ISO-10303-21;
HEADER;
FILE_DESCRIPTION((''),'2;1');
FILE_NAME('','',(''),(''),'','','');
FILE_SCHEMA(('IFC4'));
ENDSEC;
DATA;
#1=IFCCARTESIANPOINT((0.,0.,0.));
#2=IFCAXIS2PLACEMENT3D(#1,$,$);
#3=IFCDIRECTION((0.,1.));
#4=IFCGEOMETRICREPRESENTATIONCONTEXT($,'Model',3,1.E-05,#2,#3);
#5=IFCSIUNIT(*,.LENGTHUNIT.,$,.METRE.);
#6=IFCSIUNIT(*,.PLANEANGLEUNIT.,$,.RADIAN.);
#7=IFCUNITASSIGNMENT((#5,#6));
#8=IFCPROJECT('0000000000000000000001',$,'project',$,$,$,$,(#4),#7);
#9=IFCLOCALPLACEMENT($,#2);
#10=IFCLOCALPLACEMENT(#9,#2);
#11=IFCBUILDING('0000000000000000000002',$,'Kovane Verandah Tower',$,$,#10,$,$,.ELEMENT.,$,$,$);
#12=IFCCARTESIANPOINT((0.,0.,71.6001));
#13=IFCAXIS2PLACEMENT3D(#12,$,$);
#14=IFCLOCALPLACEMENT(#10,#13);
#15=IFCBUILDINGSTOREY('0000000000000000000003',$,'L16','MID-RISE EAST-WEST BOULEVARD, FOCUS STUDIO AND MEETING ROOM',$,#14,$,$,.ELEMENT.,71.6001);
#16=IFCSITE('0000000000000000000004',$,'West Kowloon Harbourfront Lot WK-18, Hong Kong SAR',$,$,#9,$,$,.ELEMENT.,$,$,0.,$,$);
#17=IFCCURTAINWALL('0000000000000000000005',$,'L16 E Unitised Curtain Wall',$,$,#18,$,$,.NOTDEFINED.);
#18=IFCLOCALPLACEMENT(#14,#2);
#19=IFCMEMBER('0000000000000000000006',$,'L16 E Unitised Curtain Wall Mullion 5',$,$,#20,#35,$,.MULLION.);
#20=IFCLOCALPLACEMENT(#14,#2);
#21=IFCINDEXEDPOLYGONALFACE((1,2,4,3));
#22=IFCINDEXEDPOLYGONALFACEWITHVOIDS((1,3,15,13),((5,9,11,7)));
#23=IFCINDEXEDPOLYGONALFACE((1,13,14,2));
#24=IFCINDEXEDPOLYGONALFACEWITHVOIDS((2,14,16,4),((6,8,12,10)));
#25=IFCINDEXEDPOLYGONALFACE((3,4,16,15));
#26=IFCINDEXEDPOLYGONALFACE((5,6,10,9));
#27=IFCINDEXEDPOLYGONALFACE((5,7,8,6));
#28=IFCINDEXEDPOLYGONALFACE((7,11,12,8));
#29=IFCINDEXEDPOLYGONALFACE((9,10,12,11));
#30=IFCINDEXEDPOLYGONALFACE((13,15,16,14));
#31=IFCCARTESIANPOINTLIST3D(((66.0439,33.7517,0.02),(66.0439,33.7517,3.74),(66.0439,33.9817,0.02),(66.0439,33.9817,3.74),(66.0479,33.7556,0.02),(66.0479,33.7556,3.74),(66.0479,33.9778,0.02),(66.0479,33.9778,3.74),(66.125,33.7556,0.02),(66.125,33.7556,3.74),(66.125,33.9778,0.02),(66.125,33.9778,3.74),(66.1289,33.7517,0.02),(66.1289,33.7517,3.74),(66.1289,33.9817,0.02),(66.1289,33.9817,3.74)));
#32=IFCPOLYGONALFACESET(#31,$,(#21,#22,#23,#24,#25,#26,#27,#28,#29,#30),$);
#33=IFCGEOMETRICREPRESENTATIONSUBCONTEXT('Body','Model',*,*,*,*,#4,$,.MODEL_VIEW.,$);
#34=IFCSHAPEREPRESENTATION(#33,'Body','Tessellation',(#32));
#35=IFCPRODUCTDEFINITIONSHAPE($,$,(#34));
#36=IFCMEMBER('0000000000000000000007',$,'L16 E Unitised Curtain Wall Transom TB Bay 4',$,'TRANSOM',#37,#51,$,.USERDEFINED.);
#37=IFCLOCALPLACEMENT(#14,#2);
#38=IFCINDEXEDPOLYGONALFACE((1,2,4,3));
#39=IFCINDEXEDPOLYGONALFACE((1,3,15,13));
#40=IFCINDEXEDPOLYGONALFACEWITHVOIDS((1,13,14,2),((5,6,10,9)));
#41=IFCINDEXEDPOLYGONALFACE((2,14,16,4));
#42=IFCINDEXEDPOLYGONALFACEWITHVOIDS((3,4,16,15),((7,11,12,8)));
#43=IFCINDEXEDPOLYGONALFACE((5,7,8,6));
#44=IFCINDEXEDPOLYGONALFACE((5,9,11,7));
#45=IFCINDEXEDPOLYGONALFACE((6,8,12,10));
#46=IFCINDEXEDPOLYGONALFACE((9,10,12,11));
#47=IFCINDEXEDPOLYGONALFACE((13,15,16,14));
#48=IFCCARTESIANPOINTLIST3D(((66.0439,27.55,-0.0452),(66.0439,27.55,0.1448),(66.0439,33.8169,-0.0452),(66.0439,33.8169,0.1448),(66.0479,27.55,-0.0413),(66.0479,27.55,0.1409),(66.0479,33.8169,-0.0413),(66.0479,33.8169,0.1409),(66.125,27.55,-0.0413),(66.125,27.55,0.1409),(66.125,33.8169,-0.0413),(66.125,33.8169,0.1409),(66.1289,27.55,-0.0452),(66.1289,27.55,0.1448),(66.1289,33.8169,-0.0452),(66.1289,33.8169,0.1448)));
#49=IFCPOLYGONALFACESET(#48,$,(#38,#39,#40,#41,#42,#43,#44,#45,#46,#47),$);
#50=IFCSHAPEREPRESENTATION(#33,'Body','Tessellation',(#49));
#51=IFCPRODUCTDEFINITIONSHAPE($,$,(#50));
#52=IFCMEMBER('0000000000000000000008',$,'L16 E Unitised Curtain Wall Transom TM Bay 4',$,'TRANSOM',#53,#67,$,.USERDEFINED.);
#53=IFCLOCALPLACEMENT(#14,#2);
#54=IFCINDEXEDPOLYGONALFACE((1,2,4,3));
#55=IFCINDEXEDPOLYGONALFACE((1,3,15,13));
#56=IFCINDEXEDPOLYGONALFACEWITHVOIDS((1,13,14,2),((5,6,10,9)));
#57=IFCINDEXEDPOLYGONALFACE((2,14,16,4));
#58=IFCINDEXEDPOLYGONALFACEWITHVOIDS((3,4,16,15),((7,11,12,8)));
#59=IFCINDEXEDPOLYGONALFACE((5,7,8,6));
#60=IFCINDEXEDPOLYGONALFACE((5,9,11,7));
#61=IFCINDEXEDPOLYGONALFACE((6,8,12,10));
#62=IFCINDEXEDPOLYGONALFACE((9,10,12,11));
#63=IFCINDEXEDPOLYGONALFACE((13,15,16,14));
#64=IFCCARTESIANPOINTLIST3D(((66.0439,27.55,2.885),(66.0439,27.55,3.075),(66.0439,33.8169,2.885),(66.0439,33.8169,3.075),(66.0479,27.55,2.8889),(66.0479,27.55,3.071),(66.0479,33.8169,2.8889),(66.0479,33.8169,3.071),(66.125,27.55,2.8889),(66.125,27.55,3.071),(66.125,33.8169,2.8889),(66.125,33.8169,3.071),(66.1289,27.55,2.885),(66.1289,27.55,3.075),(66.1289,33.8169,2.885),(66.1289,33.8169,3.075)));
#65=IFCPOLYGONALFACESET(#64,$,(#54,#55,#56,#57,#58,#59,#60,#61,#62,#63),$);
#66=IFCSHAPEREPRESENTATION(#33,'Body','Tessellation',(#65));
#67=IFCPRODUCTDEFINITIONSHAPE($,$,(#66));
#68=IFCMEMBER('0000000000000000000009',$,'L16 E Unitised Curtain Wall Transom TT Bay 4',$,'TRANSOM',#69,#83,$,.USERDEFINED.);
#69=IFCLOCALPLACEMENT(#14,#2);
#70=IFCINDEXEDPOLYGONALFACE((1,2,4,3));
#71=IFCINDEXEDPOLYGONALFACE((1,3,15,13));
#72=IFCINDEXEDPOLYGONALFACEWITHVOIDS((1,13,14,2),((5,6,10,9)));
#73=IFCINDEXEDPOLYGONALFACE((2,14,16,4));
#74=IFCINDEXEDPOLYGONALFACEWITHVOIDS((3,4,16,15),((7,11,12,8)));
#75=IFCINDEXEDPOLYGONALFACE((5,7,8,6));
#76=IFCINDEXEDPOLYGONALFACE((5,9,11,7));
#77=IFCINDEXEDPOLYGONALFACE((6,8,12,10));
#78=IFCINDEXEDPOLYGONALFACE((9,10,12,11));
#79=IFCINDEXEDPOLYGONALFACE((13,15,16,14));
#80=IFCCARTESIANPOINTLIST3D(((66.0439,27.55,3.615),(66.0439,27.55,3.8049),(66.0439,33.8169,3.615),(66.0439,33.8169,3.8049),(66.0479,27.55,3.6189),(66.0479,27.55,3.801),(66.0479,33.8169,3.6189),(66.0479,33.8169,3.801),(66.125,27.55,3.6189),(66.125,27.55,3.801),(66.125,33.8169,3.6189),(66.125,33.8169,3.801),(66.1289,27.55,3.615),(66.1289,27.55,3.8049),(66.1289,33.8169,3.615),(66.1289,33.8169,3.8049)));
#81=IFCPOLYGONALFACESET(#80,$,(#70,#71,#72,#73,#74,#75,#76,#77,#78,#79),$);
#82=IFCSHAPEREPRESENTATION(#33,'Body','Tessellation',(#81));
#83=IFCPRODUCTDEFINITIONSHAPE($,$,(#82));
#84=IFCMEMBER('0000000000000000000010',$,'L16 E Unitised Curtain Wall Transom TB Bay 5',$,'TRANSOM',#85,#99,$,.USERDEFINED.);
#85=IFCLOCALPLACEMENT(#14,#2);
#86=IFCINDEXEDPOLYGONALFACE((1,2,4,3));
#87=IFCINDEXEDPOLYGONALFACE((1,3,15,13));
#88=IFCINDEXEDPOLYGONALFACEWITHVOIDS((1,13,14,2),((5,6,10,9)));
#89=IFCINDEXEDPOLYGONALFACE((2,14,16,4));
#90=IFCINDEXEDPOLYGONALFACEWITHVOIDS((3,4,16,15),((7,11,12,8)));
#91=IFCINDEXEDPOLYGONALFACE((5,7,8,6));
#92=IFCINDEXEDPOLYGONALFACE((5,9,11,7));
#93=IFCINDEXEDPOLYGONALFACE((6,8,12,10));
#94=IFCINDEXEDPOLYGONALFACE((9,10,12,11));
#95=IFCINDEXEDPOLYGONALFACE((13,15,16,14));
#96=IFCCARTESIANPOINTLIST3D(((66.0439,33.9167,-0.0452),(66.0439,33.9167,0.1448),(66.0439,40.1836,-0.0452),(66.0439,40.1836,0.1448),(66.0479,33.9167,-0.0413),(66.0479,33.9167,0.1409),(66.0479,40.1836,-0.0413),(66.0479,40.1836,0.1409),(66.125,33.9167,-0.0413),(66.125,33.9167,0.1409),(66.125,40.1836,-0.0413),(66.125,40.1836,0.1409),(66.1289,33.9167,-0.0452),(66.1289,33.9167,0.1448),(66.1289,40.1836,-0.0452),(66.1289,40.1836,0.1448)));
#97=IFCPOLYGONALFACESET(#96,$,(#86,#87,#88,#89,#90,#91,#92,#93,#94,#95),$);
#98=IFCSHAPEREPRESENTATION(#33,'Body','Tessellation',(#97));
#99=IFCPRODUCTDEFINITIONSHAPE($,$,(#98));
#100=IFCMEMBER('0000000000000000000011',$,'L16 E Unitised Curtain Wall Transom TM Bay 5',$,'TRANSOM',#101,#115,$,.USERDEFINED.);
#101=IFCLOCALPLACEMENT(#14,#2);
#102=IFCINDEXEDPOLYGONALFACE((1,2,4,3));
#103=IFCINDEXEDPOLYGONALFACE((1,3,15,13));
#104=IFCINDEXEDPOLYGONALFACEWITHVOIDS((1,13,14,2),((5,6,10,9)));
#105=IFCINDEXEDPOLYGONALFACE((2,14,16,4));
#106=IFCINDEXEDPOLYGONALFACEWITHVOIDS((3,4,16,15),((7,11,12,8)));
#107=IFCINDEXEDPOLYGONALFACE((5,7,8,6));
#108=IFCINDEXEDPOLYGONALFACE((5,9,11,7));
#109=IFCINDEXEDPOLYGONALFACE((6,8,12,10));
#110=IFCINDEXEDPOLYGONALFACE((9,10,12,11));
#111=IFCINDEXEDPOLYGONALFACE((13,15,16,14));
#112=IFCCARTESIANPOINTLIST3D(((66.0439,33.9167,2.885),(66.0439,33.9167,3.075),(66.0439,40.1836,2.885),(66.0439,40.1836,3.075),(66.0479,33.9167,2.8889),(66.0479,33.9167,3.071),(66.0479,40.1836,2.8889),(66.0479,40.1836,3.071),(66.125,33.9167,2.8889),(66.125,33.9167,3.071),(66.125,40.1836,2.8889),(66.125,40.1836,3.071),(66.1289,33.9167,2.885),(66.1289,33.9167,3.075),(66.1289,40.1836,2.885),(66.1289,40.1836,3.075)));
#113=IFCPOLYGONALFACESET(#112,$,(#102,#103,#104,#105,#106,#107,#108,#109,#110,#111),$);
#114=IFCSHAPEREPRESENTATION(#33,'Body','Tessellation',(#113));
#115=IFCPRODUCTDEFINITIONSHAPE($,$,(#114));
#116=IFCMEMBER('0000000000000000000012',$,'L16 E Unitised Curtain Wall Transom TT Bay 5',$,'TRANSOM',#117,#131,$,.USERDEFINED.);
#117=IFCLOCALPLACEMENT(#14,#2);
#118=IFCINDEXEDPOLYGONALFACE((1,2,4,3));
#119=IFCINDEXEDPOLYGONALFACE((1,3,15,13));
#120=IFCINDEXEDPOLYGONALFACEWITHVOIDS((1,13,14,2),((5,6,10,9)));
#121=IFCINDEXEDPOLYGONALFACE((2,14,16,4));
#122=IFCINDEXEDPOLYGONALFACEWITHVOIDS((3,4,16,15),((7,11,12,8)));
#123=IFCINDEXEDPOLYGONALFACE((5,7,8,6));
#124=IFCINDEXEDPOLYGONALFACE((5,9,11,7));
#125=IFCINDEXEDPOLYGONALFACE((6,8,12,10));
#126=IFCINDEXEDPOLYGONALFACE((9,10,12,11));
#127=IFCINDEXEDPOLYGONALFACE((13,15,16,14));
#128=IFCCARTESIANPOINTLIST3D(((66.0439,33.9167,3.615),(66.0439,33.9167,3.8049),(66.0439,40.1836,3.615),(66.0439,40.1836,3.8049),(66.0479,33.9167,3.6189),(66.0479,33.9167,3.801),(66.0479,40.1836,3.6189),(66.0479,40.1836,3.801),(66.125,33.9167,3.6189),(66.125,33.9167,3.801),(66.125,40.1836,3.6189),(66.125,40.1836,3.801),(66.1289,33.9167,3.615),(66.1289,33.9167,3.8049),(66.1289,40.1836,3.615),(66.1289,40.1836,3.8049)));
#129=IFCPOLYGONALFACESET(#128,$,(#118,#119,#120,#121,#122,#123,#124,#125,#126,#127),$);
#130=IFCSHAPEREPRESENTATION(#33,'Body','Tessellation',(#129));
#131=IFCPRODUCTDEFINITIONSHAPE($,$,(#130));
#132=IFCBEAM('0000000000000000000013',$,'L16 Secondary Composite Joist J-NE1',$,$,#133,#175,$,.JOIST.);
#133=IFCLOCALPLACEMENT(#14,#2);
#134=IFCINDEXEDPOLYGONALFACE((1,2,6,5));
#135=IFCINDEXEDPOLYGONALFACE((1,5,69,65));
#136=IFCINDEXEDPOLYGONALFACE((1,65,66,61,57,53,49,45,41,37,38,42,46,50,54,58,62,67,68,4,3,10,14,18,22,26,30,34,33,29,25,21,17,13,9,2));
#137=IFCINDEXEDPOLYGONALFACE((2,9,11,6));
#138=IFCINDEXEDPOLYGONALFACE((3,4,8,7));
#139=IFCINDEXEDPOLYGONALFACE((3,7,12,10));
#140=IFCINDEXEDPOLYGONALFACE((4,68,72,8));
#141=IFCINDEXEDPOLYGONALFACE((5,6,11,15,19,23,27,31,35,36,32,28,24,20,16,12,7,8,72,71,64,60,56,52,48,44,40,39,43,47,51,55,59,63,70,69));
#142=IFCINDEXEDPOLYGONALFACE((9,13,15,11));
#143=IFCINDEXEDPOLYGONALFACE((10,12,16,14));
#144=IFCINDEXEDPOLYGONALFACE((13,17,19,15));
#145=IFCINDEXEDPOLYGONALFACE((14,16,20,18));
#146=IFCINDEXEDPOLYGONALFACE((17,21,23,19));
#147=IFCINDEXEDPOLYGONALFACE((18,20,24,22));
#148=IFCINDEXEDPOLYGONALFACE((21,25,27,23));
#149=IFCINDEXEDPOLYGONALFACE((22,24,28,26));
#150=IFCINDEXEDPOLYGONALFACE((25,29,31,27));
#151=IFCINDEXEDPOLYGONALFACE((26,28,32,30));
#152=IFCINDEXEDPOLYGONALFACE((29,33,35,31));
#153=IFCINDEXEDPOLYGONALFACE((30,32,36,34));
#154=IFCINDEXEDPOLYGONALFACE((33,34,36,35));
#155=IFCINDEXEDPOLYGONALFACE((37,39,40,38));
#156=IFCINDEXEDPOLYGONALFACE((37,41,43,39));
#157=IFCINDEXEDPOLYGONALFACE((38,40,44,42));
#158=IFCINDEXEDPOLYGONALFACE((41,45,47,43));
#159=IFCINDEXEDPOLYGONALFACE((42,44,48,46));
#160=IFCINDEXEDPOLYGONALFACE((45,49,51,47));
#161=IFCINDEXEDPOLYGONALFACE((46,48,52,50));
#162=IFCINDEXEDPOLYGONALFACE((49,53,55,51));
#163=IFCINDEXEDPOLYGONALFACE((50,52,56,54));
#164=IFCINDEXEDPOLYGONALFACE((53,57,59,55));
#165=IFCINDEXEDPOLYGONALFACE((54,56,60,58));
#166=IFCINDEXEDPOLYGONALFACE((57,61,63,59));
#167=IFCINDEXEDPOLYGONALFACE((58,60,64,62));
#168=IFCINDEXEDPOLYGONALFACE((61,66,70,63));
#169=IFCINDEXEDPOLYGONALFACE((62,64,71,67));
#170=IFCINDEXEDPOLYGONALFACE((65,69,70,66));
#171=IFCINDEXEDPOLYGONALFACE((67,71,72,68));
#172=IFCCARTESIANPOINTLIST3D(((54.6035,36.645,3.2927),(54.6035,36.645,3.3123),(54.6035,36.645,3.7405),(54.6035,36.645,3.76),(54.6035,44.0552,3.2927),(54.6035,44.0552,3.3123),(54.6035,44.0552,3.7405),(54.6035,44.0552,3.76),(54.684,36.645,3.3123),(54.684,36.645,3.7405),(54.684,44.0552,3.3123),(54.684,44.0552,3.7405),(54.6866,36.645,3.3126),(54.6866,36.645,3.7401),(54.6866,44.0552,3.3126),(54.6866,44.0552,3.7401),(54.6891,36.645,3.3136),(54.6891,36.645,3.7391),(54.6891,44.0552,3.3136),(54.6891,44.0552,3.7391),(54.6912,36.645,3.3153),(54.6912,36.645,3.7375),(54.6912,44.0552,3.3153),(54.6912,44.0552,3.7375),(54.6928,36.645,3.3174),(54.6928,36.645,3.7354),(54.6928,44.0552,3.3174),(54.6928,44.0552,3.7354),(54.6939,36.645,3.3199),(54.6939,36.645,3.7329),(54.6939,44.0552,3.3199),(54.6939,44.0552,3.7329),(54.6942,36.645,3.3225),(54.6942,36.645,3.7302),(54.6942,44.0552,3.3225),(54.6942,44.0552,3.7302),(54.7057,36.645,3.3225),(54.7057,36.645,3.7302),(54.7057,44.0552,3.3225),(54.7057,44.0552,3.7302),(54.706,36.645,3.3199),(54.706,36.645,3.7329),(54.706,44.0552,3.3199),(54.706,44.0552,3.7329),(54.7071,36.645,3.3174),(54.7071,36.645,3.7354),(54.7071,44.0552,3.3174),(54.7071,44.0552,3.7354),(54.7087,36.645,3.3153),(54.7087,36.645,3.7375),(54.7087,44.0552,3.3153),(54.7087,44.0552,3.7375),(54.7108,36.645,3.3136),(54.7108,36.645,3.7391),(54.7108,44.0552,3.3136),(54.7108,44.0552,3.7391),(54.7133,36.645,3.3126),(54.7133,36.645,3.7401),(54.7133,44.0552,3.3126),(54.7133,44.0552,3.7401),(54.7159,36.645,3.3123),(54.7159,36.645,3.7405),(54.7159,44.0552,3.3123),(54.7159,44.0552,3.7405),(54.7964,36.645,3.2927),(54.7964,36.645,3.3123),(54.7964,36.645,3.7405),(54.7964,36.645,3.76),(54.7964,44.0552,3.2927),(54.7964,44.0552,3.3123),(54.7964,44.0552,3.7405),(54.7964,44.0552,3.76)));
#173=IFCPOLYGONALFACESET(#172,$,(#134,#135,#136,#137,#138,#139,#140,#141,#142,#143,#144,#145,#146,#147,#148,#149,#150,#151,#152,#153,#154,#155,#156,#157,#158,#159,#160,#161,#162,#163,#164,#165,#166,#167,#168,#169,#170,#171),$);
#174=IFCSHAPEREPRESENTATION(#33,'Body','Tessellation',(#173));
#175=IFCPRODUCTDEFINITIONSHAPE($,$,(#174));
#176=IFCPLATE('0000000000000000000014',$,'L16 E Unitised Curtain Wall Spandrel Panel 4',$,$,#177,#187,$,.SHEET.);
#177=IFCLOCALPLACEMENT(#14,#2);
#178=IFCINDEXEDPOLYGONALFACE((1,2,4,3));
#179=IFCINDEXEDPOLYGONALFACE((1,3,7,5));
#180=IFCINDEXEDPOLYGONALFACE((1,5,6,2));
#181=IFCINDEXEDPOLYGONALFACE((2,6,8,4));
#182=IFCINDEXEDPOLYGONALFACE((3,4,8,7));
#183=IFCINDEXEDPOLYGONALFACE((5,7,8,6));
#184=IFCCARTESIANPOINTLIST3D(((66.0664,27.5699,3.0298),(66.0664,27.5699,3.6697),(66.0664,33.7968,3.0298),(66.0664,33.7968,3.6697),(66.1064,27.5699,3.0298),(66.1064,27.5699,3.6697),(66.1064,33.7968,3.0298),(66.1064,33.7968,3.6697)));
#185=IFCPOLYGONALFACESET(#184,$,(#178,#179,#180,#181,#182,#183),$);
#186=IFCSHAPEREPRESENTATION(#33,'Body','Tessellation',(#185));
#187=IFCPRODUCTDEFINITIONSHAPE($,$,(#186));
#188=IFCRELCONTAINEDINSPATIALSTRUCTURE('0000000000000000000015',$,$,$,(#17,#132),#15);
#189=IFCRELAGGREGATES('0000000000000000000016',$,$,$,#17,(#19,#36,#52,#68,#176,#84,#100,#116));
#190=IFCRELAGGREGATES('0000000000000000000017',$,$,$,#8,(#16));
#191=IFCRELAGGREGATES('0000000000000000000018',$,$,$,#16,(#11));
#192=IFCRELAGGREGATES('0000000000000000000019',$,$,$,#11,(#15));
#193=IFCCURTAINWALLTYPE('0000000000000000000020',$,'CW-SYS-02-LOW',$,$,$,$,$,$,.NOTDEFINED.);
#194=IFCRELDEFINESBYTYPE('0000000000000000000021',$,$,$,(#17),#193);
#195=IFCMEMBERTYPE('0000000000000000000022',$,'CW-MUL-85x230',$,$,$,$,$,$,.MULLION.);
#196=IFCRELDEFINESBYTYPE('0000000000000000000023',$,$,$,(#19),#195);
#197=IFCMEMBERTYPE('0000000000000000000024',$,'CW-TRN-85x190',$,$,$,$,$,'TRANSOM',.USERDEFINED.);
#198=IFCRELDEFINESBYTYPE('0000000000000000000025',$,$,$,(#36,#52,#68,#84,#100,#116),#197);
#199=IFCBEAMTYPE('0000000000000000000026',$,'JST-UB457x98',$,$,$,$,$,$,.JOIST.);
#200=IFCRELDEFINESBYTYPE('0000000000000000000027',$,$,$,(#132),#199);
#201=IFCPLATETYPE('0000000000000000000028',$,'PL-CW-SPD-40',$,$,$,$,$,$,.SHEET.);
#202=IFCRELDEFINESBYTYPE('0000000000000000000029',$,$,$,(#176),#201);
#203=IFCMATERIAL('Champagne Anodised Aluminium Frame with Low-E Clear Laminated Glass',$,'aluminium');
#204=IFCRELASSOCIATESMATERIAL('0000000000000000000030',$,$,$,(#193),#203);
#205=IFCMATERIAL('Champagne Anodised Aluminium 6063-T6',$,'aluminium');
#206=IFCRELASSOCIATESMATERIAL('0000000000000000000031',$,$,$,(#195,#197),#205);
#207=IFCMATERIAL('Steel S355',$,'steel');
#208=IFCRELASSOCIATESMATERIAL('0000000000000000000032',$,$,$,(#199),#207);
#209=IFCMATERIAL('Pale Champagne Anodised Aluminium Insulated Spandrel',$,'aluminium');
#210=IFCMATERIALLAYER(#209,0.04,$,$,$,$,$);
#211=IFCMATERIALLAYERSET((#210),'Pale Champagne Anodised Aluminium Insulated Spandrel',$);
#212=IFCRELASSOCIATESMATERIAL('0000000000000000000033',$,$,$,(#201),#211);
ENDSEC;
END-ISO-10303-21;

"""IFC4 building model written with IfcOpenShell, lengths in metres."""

from ifc_helpers import new_model, si_unit, direction, frame, origin, origin_2d, place, context, subcontext, project, spatial, rectangle, hollow_rectangle, i_section, extrude, material, layer, layer_set, material_profile, profile_set, type_object, element, aggregate, save


model = new_model("IFC4")

# Units and contexts
model_context = context("Model", 3, precision=1e-05, world=origin(), true_north=direction((0.0, 1.0)))
body_context = subcontext(model_context, "Body", "Model", "MODEL_VIEW")
ifc_project = project(units=[si_unit("LENGTHUNIT", "METRE"), si_unit("PLANEANGLEUNIT", "RADIAN")], contexts=[model_context])

# Site, building, storey
site_placement = place(None, origin())
site = spatial("IfcSite", under=ifc_project, at=site_placement, Name="West Kowloon Harbourfront Lot WK-18, Hong Kong SAR", CompositionType="ELEMENT", RefElevation=0.0)
building_placement = place(site_placement, origin())
building = spatial("IfcBuilding", under=site, at=building_placement, Name="Kovane Verandah Tower", CompositionType="ELEMENT")
storey_placement = place(building_placement, frame((0.0, 0.0, 71.6001)))
storey = spatial("IfcBuildingStorey", under=building, at=storey_placement, Name="L16", Description="MID-RISE EAST-WEST BOULEVARD, FOCUS STUDIO AND MEETING ROOM", CompositionType="ELEMENT", Elevation=71.6001)

# Shared definitions
ifc_material_1 = material(Name="Steel S355", Category="steel")

# Curtain wall, members
ifc_material_2 = material(Name="Champagne Anodised Aluminium Frame with Low-E Clear Laminated Glass", Category="aluminium")
curtain_wall_type = type_object("IfcCurtainWallType", Name="CW-SYS-02-LOW", PredefinedType="NOTDEFINED", material=ifc_material_2)
curtain_wall_placement = place(storey_placement, origin())
curtain_wall = element("IfcCurtainWall", 1, at=curtain_wall_placement, inside=storey, type_object=curtain_wall_type, Name="L16 E Unitised Curtain Wall", PredefinedType="NOTDEFINED")
ifc_material_3 = material(Name="Champagne Anodised Aluminium 6063-T6", Category="aluminium")
ifc_material_profile_1 = material_profile(ifc_material_3, hollow_rectangle(XDim=0.085, YDim=0.23, WallThickness=0.0039, at=origin_2d()), Name="AL85x230x4")
ifc_profile_set_1 = profile_set([ifc_material_profile_1], Name="Champagne Anodised Aluminium 6063-T6")
member_type_1 = type_object("IfcMemberType", Name="CW-MUL-85x230", PredefinedType="MULLION", material=ifc_profile_set_1)
member_1_placement = place(storey_placement, frame((66.0864, 33.8667, 0.02), z_axis=(0.0, 0.0, 1.0), x_axis=(1.0, 0.0, 0.0)))
member_1 = element("IfcMember", 2, at=member_1_placement, type_object=member_type_1, Name="L16 E Unitised Curtain Wall Mullion 5", PredefinedType="MULLION", context=body_context, shape_type="SweptSolid", body=[
    extrude(hollow_rectangle(XDim=0.085, YDim=0.23, WallThickness=0.0039, at=origin_2d()), origin(), (0.0, 0.0, 1.0), 3.72),
])
ifc_material_profile_2 = material_profile(ifc_material_3, hollow_rectangle(XDim=0.085, YDim=0.1899, WallThickness=0.0039, at=origin_2d()), Name="AL85x190x4")
ifc_profile_set_2 = profile_set([ifc_material_profile_2], Name="Champagne Anodised Aluminium 6063-T6")
member_type_2 = type_object("IfcMemberType", Name="CW-TRN-85x190", ElementType="TRANSOM", PredefinedType="USERDEFINED", material=ifc_profile_set_2)
member_2_placement = place(storey_placement, frame((66.0864, 27.55, 0.0498), z_axis=(0.0, 1.0, 0.0), x_axis=(-1.0, 0.0, 0.0)))
member_2 = element("IfcMember", 3, at=member_2_placement, type_object=member_type_2, Name="L16 E Unitised Curtain Wall Transom TB Bay 4", ObjectType="TRANSOM", PredefinedType="USERDEFINED", context=body_context, shape_type="SweptSolid", body=[
    extrude(hollow_rectangle(XDim=0.085, YDim=0.1899, WallThickness=0.0039, at=origin_2d()), origin(), (0.0, 0.0, 1.0), 6.2668),
])
member_3_placement = place(storey_placement, frame((66.0864, 27.55, 2.98), z_axis=(0.0, 1.0, 0.0), x_axis=(-1.0, 0.0, 0.0)))
member_3 = element("IfcMember", 4, at=member_3_placement, type_object=member_type_2, Name="L16 E Unitised Curtain Wall Transom TM Bay 4", ObjectType="TRANSOM", PredefinedType="USERDEFINED", context=body_context, shape_type="SweptSolid", body=[
    extrude(hollow_rectangle(XDim=0.085, YDim=0.1899, WallThickness=0.0039, at=origin_2d()), origin(), (0.0, 0.0, 1.0), 6.2668),
])
member_4_placement = place(storey_placement, frame((66.0864, 27.55, 3.71), z_axis=(0.0, 1.0, 0.0), x_axis=(-1.0, 0.0, 0.0)))
member_4 = element("IfcMember", 5, at=member_4_placement, type_object=member_type_2, Name="L16 E Unitised Curtain Wall Transom TT Bay 4", ObjectType="TRANSOM", PredefinedType="USERDEFINED", context=body_context, shape_type="SweptSolid", body=[
    extrude(hollow_rectangle(XDim=0.085, YDim=0.1899, WallThickness=0.0039, at=origin_2d()), origin(), (0.0, 0.0, 1.0), 6.2668),
])
member_5_placement = place(storey_placement, frame((66.0864, 33.9167, 0.0498), z_axis=(0.0, 1.0, 0.0), x_axis=(-1.0, 0.0, 0.0)))
member_5 = element("IfcMember", 6, at=member_5_placement, type_object=member_type_2, Name="L16 E Unitised Curtain Wall Transom TB Bay 5", ObjectType="TRANSOM", PredefinedType="USERDEFINED", context=body_context, shape_type="SweptSolid", body=[
    extrude(hollow_rectangle(XDim=0.085, YDim=0.1899, WallThickness=0.0039, at=origin_2d()), origin(), (0.0, 0.0, 1.0), 6.2668),
])
member_6_placement = place(storey_placement, frame((66.0864, 33.9167, 2.98), z_axis=(0.0, 1.0, 0.0), x_axis=(-1.0, 0.0, 0.0)))
member_6 = element("IfcMember", 7, at=member_6_placement, type_object=member_type_2, Name="L16 E Unitised Curtain Wall Transom TM Bay 5", ObjectType="TRANSOM", PredefinedType="USERDEFINED", context=body_context, shape_type="SweptSolid", body=[
    extrude(hollow_rectangle(XDim=0.085, YDim=0.1899, WallThickness=0.0039, at=origin_2d()), origin(), (0.0, 0.0, 1.0), 6.2668),
])
member_7_placement = place(storey_placement, frame((66.0864, 33.9167, 3.71), z_axis=(0.0, 1.0, 0.0), x_axis=(-1.0, 0.0, 0.0)))
member_7 = element("IfcMember", 8, at=member_7_placement, type_object=member_type_2, Name="L16 E Unitised Curtain Wall Transom TT Bay 5", ObjectType="TRANSOM", PredefinedType="USERDEFINED", context=body_context, shape_type="SweptSolid", body=[
    extrude(hollow_rectangle(XDim=0.085, YDim=0.1899, WallThickness=0.0039, at=origin_2d()), origin(), (0.0, 0.0, 1.0), 6.2668),
])

# Beam
ifc_material_profile_3 = material_profile(ifc_material_1, i_section(OverallWidth=0.1929, OverallDepth=0.4673, WebThickness=0.0115, FlangeThickness=0.0195, FilletRadius=0.0103, at=origin_2d()), Name="UB457x191x98")
ifc_profile_set_3 = profile_set([ifc_material_profile_3], Name="Steel S355")
beam_type_1 = type_object("IfcBeamType", Name="JST-UB457x98", PredefinedType="JOIST", material=ifc_profile_set_3)
beam_1_placement = place(storey_placement, frame((54.7, 36.645, 3.5264), z_axis=(0.0, 1.0, 0.0), x_axis=(-1.0, 0.0, 0.0)))
element("IfcBeam", 9, at=beam_1_placement, inside=storey, type_object=beam_type_1, Name="L16 Secondary Composite Joist J-NE1", PredefinedType="JOIST", context=body_context, shape_type="SweptSolid", body=[
    extrude(i_section(OverallWidth=0.1929, OverallDepth=0.4673, WebThickness=0.0115, FlangeThickness=0.0195, FilletRadius=0.0103, at=origin_2d()), origin(), (0.0, 0.0, 1.0), 7.4102),
])

# Plate
ifc_material_4 = material(Name="Pale Champagne Anodised Aluminium Insulated Spandrel", Category="aluminium")
ifc_layer_1 = layer(ifc_material_4, 0.04)
ifc_layer_set_1 = layer_set([ifc_layer_1], Name="Pale Champagne Anodised Aluminium Insulated Spandrel")
plate_type_1 = type_object("IfcPlateType", Name="PL-CW-SPD-40", PredefinedType="SHEET", material=ifc_layer_set_1)
plate_1_placement = place(storey_placement, frame((66.0864, 30.6833, 3.0298), z_axis=(0.0, 0.0, 1.0), x_axis=(0.0, 1.0, 0.0)))
plate_1 = element("IfcPlate", 10, at=plate_1_placement, type_object=plate_type_1, Name="L16 E Unitised Curtain Wall Spandrel Panel 4", PredefinedType="SHEET", context=body_context, shape_type="SweptSolid", body=[
    extrude(rectangle(XDim=6.2268, YDim=0.04, at=origin_2d()), origin(), (0.0, 0.0, 1.0), 0.6399),
])
aggregate(curtain_wall, [member_1, member_2, member_3, member_4, plate_1, member_5, member_6, member_7])

save(model, "model.ifc")
